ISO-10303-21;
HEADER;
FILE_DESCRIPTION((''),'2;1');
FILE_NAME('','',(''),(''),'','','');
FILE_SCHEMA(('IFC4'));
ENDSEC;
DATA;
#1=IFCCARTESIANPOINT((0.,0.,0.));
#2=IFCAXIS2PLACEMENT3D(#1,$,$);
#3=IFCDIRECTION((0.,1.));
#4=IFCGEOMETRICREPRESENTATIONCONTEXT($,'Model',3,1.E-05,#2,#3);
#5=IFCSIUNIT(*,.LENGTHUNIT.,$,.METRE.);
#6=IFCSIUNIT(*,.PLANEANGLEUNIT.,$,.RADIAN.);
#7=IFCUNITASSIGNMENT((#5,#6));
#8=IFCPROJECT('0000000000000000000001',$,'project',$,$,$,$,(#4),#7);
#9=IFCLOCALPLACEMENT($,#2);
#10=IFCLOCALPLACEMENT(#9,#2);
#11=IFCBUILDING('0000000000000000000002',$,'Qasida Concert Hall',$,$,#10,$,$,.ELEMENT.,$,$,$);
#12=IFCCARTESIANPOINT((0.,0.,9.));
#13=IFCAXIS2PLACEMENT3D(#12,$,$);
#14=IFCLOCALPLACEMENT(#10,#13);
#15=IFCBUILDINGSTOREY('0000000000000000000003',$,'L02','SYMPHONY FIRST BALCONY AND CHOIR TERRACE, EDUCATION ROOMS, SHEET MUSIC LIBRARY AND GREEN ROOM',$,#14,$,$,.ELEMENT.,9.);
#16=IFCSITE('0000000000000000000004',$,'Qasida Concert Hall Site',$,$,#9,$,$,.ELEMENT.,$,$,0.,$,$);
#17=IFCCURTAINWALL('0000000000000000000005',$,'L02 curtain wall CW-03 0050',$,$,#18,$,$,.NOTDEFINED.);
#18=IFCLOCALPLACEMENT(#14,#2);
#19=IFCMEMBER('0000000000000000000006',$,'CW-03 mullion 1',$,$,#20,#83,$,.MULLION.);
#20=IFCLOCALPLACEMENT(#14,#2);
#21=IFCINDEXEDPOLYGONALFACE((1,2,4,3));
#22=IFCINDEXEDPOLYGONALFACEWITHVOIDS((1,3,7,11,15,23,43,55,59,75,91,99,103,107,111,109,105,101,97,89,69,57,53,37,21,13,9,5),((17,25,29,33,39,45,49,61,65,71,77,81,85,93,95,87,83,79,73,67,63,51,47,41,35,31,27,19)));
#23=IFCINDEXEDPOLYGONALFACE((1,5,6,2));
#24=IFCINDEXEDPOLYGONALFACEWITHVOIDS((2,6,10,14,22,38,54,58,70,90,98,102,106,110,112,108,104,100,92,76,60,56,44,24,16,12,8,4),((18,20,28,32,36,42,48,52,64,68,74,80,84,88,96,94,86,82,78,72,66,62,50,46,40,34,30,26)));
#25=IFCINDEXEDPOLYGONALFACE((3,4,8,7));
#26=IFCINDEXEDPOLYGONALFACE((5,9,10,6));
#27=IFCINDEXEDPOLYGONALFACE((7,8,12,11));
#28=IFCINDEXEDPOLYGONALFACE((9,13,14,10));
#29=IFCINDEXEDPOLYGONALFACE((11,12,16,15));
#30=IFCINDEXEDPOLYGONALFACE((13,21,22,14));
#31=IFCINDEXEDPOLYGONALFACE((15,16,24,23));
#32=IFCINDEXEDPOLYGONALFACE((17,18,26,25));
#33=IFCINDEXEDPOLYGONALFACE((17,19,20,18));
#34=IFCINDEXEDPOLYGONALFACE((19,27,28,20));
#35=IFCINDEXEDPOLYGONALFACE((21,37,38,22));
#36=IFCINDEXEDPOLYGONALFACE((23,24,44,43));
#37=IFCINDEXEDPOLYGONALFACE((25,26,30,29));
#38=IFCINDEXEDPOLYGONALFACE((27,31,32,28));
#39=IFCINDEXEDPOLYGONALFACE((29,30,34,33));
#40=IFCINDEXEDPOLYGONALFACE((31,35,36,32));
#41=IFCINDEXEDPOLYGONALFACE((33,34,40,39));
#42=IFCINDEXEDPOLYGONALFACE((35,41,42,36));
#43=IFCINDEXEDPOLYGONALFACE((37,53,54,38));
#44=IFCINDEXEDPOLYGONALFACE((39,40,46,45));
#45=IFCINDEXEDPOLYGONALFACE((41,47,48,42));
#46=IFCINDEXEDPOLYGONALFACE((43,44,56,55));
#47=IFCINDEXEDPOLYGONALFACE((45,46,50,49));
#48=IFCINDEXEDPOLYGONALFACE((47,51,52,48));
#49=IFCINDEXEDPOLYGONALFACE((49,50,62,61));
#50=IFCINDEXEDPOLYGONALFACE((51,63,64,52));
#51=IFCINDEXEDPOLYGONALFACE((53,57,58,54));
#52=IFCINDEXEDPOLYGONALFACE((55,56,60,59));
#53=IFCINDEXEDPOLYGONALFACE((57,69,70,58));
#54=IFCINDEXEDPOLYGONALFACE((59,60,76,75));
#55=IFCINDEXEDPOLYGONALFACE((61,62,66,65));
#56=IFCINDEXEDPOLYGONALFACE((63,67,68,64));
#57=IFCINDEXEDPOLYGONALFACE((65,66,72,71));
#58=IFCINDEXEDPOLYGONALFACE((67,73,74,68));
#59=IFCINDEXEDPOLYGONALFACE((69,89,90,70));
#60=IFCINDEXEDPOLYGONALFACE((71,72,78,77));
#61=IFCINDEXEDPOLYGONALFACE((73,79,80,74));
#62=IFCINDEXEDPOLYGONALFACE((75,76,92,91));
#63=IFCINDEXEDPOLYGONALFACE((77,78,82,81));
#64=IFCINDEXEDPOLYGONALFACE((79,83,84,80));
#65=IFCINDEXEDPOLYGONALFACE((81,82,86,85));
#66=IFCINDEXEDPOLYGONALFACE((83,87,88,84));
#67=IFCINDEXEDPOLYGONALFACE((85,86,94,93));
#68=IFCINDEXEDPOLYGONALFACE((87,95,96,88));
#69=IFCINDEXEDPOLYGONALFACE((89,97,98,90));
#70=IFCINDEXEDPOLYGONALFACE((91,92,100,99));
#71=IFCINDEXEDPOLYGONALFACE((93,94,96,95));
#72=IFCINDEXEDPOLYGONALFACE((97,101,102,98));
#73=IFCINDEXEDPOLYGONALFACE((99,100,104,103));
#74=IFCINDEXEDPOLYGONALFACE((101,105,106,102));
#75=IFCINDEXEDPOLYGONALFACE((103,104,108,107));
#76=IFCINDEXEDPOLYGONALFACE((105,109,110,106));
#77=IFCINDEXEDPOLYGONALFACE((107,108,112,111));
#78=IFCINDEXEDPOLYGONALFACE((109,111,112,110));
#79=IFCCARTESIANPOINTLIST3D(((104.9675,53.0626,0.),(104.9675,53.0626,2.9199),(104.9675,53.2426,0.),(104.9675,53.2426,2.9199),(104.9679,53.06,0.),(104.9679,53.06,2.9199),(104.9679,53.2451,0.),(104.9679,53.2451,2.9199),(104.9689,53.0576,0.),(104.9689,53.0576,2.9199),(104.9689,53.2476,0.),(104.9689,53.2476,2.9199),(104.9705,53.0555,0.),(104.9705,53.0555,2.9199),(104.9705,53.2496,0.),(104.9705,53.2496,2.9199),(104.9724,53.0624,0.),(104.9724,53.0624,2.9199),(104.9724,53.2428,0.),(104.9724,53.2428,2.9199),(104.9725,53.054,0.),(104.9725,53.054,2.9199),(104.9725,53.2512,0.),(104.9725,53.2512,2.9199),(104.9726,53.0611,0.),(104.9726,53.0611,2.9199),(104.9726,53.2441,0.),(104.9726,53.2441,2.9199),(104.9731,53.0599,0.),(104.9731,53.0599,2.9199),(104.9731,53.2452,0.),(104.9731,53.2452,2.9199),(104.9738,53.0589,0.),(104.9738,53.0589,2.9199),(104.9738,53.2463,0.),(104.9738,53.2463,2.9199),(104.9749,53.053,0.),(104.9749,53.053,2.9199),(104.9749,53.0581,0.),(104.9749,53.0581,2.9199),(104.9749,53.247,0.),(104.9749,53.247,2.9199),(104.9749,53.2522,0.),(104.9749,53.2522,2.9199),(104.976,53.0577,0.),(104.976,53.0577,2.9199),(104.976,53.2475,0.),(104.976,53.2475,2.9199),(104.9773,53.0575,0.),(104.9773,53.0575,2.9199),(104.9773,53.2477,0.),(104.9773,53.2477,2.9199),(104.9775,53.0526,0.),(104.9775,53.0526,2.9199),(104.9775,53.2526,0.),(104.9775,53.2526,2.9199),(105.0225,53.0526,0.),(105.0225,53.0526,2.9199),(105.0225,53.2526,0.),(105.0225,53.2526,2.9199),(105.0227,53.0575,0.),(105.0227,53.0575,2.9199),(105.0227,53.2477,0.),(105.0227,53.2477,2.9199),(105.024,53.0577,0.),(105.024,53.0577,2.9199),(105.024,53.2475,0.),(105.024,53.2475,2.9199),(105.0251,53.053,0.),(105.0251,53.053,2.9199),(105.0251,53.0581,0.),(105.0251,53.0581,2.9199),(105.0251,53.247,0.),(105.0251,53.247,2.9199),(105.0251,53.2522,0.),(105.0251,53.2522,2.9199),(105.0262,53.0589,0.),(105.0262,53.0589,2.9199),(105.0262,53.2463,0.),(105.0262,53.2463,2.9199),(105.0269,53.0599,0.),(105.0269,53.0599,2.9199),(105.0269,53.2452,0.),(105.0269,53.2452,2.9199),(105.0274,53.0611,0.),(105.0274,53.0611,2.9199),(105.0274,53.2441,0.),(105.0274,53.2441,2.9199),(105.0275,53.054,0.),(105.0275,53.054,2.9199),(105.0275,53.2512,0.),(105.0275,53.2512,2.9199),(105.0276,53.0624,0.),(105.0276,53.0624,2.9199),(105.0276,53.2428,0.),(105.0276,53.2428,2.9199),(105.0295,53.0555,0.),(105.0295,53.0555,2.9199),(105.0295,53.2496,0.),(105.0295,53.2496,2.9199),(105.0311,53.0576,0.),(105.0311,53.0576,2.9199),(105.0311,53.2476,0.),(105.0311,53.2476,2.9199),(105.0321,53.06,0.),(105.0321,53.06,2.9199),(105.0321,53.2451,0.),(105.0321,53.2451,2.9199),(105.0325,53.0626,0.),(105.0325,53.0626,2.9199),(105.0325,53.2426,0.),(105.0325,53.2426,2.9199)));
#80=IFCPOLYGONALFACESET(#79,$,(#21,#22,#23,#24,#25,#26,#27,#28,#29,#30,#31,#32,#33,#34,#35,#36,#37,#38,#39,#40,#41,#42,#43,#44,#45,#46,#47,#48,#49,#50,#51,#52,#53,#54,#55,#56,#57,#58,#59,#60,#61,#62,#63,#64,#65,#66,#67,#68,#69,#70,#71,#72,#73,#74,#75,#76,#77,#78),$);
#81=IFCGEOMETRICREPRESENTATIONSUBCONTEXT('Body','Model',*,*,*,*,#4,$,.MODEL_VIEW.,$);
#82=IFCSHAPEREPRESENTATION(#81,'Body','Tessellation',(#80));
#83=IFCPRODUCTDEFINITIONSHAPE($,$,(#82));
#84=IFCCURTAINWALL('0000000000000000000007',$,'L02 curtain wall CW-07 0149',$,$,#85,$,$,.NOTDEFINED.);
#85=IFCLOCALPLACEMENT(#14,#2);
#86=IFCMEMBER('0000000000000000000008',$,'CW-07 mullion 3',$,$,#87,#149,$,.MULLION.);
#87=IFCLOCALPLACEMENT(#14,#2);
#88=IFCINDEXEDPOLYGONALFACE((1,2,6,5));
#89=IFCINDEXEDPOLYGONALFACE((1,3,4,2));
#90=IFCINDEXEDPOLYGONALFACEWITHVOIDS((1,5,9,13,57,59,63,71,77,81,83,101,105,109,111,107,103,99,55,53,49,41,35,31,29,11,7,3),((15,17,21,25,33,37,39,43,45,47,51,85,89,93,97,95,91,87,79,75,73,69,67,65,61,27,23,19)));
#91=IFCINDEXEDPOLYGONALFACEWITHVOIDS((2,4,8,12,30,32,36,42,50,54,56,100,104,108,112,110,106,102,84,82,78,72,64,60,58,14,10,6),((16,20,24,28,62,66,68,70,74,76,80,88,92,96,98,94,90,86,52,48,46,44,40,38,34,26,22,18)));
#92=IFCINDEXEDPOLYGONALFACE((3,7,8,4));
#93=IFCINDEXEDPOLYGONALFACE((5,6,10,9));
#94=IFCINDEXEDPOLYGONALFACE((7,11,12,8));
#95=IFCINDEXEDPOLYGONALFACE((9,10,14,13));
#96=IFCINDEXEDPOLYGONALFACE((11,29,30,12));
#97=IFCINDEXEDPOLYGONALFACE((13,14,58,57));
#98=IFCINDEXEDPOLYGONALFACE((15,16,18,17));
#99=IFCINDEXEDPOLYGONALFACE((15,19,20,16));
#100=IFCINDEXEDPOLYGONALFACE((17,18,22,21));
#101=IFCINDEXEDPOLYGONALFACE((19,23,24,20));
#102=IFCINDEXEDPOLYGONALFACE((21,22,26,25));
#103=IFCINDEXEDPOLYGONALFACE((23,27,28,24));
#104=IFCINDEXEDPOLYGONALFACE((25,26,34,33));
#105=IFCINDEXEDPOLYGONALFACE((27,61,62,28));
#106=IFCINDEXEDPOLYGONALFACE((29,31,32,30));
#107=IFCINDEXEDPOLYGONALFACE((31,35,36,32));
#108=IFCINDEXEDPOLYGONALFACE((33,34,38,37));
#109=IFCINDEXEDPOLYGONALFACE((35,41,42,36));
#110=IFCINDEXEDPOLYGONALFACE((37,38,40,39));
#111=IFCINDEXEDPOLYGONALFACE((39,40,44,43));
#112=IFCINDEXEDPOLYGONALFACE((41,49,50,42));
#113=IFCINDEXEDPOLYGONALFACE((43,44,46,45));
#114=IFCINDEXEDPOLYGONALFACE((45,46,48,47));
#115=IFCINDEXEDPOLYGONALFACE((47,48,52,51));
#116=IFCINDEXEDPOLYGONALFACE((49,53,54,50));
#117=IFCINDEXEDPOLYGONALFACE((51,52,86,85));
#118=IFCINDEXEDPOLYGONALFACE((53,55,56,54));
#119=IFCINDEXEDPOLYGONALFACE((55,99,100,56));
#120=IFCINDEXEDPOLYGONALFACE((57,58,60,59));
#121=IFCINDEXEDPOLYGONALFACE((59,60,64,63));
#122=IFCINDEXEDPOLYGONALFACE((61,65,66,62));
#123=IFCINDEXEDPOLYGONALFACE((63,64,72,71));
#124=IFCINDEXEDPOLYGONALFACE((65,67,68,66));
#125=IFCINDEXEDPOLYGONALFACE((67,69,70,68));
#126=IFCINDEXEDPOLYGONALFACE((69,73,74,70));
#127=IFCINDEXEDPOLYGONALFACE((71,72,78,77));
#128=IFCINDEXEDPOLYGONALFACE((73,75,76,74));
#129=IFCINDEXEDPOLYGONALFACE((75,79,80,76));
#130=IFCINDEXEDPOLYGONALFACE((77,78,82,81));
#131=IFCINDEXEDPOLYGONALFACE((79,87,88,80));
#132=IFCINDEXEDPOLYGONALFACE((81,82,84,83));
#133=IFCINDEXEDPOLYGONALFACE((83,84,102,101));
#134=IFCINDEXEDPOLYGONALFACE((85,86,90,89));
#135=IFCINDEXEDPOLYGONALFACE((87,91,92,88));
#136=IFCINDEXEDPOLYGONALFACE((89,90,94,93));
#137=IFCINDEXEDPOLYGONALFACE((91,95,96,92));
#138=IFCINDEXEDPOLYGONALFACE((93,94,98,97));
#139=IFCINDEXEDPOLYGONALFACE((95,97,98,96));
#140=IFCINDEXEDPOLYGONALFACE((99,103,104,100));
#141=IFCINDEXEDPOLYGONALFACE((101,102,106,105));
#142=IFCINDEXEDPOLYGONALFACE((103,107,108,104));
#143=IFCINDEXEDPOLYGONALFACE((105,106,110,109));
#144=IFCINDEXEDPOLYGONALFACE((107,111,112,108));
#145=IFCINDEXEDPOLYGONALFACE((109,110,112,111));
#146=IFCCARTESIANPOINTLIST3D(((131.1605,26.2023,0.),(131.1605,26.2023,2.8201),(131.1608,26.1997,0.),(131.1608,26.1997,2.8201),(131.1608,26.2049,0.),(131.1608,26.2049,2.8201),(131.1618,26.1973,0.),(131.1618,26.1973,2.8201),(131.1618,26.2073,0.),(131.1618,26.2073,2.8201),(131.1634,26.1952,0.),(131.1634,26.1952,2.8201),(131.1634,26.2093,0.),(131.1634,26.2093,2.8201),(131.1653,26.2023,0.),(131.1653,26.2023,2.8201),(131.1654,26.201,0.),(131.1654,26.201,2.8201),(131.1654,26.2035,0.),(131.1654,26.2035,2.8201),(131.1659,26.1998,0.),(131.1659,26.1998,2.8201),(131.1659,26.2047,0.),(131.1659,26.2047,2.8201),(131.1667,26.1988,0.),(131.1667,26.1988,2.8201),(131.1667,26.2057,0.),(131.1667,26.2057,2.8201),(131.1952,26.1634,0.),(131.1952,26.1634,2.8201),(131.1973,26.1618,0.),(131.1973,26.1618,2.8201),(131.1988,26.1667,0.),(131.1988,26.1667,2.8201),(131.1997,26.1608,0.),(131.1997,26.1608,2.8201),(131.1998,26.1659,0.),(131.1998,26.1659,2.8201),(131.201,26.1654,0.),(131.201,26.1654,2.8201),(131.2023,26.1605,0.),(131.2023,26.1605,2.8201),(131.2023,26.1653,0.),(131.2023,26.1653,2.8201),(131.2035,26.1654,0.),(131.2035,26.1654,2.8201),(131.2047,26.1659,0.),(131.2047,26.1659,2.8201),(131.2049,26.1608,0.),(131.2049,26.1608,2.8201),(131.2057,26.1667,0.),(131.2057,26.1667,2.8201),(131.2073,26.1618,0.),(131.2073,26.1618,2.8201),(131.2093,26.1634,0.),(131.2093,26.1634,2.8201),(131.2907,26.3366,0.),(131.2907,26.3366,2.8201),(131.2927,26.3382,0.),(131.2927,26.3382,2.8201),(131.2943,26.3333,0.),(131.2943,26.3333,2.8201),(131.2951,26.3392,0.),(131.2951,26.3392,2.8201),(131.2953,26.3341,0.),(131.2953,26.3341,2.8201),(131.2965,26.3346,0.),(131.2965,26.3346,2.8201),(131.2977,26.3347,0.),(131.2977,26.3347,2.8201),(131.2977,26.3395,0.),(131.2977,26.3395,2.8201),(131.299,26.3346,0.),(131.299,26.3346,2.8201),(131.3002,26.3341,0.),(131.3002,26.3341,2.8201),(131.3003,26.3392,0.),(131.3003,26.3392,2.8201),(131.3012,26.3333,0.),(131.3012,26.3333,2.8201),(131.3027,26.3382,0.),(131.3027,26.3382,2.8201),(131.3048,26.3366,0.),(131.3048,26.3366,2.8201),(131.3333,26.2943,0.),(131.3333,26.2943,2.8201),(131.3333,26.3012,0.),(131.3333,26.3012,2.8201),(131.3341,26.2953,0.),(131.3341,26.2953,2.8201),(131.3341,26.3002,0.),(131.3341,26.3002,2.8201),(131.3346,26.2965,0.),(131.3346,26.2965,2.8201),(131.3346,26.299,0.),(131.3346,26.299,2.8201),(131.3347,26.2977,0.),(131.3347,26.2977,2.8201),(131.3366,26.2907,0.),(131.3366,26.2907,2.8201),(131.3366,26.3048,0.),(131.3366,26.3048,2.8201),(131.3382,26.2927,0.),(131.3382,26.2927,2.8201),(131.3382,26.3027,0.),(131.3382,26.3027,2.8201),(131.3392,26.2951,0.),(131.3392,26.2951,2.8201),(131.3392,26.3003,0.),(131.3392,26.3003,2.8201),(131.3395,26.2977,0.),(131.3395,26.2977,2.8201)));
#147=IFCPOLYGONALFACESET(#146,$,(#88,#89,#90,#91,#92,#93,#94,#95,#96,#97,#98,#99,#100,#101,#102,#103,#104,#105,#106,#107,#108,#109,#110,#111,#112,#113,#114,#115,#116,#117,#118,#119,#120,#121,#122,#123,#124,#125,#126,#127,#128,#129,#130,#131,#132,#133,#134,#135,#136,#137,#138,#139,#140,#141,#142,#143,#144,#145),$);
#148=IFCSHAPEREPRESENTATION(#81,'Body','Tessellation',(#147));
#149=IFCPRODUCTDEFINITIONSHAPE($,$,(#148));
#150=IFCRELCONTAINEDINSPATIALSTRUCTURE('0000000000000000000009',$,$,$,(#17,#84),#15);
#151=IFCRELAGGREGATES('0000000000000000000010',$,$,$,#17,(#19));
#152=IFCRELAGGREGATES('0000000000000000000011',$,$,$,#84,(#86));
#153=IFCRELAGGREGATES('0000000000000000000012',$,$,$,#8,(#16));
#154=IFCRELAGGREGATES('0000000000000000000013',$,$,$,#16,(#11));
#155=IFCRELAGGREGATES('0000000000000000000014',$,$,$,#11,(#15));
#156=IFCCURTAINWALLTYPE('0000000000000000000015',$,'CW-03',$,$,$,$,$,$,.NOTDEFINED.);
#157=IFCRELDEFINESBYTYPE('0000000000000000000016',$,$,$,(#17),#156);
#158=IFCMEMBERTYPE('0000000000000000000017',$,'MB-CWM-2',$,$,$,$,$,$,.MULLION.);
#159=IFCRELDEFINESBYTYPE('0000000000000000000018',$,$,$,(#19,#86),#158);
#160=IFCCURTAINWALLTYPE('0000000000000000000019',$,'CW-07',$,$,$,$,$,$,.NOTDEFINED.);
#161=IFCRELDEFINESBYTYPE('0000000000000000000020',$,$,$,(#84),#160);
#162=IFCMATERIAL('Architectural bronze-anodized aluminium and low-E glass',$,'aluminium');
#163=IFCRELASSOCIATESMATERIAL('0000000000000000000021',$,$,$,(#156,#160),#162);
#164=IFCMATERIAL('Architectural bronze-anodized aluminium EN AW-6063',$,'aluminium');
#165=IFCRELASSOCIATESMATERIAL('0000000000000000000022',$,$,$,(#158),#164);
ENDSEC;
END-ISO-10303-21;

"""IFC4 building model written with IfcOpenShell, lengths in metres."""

from ifc_helpers import new_model, si_unit, direction, frame, origin, origin_2d, place, context, subcontext, project, spatial, hollow_rectangle, extrude, material, material_profile, profile_set, type_object, element, aggregate, save


model = new_model("IFC4")

# Units and contexts
model_context = context("Model", 3, precision=1e-05, world=origin(), true_north=direction((0.0, 1.0)))
body_context = subcontext(model_context, "Body", "Model", "MODEL_VIEW")
ifc_project = project(units=[si_unit("LENGTHUNIT", "METRE"), si_unit("PLANEANGLEUNIT", "RADIAN")], contexts=[model_context])

# Site, building, storey
site_placement = place(None, origin())
site = spatial("IfcSite", under=ifc_project, at=site_placement, Name="Qasida Concert Hall Site", CompositionType="ELEMENT", RefElevation=0.0)
building_placement = place(site_placement, origin())
building = spatial("IfcBuilding", under=site, at=building_placement, Name="Qasida Concert Hall", CompositionType="ELEMENT")
storey_placement = place(building_placement, frame((0.0, 0.0, 9.0)))
storey = spatial("IfcBuildingStorey", under=building, at=storey_placement, Name="L02", Description="SYMPHONY FIRST BALCONY AND CHOIR TERRACE, EDUCATION ROOMS, SHEET MUSIC LIBRARY AND GREEN ROOM", CompositionType="ELEMENT", Elevation=9.0)

# Curtain walls, members
ifc_material_1 = material(Name="Architectural bronze-anodized aluminium and low-E glass", Category="aluminium")
curtain_wall_type_1 = type_object("IfcCurtainWallType", Name="CW-03", PredefinedType="NOTDEFINED", material=ifc_material_1)
curtain_wall_1_placement = place(storey_placement, origin())
curtain_wall_1 = element("IfcCurtainWall", 1, at=curtain_wall_1_placement, inside=storey, type_object=curtain_wall_type_1, Name="L02 curtain wall CW-03 0050", PredefinedType="NOTDEFINED")
ifc_material_2 = material(Name="Architectural bronze-anodized aluminium EN AW-6063", Category="aluminium")
ifc_material_profile_1 = material_profile(ifc_material_2, hollow_rectangle(XDim=0.0649, YDim=0.2, WallThickness=0.0049, InnerFilletRadius=0.0049, OuterFilletRadius=0.01, at=origin_2d()), Name="CWM 200x65x5")
ifc_profile_set_1 = profile_set([ifc_material_profile_1], Name="Architectural bronze-anodized aluminium EN AW-6063")
member_type_1 = type_object("IfcMemberType", Name="MB-CWM-2", PredefinedType="MULLION", material=ifc_profile_set_1)
member_1_placement = place(storey_placement, frame((105.0, 53.1526, 0.0), z_axis=(0.0, 0.0, 1.0), x_axis=(-1.0, 0.0, 0.0)))
member_1 = element("IfcMember", 2, at=member_1_placement, type_object=member_type_1, Name="CW-03 mullion 1", PredefinedType="MULLION", context=body_context, shape_type="SweptSolid", body=[
    extrude(hollow_rectangle(XDim=0.0649, YDim=0.2, WallThickness=0.0049, InnerFilletRadius=0.0049, OuterFilletRadius=0.01, at=origin_2d()), origin(), (0.0, 0.0, 1.0), 2.9199),
])
curtain_wall_type_2 = type_object("IfcCurtainWallType", Name="CW-07", PredefinedType="NOTDEFINED", material=ifc_material_1)
curtain_wall_2_placement = place(storey_placement, origin())
curtain_wall_2 = element("IfcCurtainWall", 3, at=curtain_wall_2_placement, inside=storey, type_object=curtain_wall_type_2, Name="L02 curtain wall CW-07 0149", PredefinedType="NOTDEFINED")
member_2_placement = place(storey_placement, frame((131.25, 26.25, 0.0), z_axis=(0.0, 0.0, 1.0), x_axis=(0.707107, -0.707107, 0.0)))
member_2 = element("IfcMember", 4, at=member_2_placement, type_object=member_type_1, Name="CW-07 mullion 3", PredefinedType="MULLION", context=body_context, shape_type="SweptSolid", body=[
    extrude(hollow_rectangle(XDim=0.0649, YDim=0.2, WallThickness=0.0049, InnerFilletRadius=0.0049, OuterFilletRadius=0.01, at=origin_2d()), origin(), (0.0, 0.0, 1.0), 2.8201),
])

aggregate(curtain_wall_1, [member_1])

aggregate(curtain_wall_2, [member_2])

save(model, "model.ifc")
